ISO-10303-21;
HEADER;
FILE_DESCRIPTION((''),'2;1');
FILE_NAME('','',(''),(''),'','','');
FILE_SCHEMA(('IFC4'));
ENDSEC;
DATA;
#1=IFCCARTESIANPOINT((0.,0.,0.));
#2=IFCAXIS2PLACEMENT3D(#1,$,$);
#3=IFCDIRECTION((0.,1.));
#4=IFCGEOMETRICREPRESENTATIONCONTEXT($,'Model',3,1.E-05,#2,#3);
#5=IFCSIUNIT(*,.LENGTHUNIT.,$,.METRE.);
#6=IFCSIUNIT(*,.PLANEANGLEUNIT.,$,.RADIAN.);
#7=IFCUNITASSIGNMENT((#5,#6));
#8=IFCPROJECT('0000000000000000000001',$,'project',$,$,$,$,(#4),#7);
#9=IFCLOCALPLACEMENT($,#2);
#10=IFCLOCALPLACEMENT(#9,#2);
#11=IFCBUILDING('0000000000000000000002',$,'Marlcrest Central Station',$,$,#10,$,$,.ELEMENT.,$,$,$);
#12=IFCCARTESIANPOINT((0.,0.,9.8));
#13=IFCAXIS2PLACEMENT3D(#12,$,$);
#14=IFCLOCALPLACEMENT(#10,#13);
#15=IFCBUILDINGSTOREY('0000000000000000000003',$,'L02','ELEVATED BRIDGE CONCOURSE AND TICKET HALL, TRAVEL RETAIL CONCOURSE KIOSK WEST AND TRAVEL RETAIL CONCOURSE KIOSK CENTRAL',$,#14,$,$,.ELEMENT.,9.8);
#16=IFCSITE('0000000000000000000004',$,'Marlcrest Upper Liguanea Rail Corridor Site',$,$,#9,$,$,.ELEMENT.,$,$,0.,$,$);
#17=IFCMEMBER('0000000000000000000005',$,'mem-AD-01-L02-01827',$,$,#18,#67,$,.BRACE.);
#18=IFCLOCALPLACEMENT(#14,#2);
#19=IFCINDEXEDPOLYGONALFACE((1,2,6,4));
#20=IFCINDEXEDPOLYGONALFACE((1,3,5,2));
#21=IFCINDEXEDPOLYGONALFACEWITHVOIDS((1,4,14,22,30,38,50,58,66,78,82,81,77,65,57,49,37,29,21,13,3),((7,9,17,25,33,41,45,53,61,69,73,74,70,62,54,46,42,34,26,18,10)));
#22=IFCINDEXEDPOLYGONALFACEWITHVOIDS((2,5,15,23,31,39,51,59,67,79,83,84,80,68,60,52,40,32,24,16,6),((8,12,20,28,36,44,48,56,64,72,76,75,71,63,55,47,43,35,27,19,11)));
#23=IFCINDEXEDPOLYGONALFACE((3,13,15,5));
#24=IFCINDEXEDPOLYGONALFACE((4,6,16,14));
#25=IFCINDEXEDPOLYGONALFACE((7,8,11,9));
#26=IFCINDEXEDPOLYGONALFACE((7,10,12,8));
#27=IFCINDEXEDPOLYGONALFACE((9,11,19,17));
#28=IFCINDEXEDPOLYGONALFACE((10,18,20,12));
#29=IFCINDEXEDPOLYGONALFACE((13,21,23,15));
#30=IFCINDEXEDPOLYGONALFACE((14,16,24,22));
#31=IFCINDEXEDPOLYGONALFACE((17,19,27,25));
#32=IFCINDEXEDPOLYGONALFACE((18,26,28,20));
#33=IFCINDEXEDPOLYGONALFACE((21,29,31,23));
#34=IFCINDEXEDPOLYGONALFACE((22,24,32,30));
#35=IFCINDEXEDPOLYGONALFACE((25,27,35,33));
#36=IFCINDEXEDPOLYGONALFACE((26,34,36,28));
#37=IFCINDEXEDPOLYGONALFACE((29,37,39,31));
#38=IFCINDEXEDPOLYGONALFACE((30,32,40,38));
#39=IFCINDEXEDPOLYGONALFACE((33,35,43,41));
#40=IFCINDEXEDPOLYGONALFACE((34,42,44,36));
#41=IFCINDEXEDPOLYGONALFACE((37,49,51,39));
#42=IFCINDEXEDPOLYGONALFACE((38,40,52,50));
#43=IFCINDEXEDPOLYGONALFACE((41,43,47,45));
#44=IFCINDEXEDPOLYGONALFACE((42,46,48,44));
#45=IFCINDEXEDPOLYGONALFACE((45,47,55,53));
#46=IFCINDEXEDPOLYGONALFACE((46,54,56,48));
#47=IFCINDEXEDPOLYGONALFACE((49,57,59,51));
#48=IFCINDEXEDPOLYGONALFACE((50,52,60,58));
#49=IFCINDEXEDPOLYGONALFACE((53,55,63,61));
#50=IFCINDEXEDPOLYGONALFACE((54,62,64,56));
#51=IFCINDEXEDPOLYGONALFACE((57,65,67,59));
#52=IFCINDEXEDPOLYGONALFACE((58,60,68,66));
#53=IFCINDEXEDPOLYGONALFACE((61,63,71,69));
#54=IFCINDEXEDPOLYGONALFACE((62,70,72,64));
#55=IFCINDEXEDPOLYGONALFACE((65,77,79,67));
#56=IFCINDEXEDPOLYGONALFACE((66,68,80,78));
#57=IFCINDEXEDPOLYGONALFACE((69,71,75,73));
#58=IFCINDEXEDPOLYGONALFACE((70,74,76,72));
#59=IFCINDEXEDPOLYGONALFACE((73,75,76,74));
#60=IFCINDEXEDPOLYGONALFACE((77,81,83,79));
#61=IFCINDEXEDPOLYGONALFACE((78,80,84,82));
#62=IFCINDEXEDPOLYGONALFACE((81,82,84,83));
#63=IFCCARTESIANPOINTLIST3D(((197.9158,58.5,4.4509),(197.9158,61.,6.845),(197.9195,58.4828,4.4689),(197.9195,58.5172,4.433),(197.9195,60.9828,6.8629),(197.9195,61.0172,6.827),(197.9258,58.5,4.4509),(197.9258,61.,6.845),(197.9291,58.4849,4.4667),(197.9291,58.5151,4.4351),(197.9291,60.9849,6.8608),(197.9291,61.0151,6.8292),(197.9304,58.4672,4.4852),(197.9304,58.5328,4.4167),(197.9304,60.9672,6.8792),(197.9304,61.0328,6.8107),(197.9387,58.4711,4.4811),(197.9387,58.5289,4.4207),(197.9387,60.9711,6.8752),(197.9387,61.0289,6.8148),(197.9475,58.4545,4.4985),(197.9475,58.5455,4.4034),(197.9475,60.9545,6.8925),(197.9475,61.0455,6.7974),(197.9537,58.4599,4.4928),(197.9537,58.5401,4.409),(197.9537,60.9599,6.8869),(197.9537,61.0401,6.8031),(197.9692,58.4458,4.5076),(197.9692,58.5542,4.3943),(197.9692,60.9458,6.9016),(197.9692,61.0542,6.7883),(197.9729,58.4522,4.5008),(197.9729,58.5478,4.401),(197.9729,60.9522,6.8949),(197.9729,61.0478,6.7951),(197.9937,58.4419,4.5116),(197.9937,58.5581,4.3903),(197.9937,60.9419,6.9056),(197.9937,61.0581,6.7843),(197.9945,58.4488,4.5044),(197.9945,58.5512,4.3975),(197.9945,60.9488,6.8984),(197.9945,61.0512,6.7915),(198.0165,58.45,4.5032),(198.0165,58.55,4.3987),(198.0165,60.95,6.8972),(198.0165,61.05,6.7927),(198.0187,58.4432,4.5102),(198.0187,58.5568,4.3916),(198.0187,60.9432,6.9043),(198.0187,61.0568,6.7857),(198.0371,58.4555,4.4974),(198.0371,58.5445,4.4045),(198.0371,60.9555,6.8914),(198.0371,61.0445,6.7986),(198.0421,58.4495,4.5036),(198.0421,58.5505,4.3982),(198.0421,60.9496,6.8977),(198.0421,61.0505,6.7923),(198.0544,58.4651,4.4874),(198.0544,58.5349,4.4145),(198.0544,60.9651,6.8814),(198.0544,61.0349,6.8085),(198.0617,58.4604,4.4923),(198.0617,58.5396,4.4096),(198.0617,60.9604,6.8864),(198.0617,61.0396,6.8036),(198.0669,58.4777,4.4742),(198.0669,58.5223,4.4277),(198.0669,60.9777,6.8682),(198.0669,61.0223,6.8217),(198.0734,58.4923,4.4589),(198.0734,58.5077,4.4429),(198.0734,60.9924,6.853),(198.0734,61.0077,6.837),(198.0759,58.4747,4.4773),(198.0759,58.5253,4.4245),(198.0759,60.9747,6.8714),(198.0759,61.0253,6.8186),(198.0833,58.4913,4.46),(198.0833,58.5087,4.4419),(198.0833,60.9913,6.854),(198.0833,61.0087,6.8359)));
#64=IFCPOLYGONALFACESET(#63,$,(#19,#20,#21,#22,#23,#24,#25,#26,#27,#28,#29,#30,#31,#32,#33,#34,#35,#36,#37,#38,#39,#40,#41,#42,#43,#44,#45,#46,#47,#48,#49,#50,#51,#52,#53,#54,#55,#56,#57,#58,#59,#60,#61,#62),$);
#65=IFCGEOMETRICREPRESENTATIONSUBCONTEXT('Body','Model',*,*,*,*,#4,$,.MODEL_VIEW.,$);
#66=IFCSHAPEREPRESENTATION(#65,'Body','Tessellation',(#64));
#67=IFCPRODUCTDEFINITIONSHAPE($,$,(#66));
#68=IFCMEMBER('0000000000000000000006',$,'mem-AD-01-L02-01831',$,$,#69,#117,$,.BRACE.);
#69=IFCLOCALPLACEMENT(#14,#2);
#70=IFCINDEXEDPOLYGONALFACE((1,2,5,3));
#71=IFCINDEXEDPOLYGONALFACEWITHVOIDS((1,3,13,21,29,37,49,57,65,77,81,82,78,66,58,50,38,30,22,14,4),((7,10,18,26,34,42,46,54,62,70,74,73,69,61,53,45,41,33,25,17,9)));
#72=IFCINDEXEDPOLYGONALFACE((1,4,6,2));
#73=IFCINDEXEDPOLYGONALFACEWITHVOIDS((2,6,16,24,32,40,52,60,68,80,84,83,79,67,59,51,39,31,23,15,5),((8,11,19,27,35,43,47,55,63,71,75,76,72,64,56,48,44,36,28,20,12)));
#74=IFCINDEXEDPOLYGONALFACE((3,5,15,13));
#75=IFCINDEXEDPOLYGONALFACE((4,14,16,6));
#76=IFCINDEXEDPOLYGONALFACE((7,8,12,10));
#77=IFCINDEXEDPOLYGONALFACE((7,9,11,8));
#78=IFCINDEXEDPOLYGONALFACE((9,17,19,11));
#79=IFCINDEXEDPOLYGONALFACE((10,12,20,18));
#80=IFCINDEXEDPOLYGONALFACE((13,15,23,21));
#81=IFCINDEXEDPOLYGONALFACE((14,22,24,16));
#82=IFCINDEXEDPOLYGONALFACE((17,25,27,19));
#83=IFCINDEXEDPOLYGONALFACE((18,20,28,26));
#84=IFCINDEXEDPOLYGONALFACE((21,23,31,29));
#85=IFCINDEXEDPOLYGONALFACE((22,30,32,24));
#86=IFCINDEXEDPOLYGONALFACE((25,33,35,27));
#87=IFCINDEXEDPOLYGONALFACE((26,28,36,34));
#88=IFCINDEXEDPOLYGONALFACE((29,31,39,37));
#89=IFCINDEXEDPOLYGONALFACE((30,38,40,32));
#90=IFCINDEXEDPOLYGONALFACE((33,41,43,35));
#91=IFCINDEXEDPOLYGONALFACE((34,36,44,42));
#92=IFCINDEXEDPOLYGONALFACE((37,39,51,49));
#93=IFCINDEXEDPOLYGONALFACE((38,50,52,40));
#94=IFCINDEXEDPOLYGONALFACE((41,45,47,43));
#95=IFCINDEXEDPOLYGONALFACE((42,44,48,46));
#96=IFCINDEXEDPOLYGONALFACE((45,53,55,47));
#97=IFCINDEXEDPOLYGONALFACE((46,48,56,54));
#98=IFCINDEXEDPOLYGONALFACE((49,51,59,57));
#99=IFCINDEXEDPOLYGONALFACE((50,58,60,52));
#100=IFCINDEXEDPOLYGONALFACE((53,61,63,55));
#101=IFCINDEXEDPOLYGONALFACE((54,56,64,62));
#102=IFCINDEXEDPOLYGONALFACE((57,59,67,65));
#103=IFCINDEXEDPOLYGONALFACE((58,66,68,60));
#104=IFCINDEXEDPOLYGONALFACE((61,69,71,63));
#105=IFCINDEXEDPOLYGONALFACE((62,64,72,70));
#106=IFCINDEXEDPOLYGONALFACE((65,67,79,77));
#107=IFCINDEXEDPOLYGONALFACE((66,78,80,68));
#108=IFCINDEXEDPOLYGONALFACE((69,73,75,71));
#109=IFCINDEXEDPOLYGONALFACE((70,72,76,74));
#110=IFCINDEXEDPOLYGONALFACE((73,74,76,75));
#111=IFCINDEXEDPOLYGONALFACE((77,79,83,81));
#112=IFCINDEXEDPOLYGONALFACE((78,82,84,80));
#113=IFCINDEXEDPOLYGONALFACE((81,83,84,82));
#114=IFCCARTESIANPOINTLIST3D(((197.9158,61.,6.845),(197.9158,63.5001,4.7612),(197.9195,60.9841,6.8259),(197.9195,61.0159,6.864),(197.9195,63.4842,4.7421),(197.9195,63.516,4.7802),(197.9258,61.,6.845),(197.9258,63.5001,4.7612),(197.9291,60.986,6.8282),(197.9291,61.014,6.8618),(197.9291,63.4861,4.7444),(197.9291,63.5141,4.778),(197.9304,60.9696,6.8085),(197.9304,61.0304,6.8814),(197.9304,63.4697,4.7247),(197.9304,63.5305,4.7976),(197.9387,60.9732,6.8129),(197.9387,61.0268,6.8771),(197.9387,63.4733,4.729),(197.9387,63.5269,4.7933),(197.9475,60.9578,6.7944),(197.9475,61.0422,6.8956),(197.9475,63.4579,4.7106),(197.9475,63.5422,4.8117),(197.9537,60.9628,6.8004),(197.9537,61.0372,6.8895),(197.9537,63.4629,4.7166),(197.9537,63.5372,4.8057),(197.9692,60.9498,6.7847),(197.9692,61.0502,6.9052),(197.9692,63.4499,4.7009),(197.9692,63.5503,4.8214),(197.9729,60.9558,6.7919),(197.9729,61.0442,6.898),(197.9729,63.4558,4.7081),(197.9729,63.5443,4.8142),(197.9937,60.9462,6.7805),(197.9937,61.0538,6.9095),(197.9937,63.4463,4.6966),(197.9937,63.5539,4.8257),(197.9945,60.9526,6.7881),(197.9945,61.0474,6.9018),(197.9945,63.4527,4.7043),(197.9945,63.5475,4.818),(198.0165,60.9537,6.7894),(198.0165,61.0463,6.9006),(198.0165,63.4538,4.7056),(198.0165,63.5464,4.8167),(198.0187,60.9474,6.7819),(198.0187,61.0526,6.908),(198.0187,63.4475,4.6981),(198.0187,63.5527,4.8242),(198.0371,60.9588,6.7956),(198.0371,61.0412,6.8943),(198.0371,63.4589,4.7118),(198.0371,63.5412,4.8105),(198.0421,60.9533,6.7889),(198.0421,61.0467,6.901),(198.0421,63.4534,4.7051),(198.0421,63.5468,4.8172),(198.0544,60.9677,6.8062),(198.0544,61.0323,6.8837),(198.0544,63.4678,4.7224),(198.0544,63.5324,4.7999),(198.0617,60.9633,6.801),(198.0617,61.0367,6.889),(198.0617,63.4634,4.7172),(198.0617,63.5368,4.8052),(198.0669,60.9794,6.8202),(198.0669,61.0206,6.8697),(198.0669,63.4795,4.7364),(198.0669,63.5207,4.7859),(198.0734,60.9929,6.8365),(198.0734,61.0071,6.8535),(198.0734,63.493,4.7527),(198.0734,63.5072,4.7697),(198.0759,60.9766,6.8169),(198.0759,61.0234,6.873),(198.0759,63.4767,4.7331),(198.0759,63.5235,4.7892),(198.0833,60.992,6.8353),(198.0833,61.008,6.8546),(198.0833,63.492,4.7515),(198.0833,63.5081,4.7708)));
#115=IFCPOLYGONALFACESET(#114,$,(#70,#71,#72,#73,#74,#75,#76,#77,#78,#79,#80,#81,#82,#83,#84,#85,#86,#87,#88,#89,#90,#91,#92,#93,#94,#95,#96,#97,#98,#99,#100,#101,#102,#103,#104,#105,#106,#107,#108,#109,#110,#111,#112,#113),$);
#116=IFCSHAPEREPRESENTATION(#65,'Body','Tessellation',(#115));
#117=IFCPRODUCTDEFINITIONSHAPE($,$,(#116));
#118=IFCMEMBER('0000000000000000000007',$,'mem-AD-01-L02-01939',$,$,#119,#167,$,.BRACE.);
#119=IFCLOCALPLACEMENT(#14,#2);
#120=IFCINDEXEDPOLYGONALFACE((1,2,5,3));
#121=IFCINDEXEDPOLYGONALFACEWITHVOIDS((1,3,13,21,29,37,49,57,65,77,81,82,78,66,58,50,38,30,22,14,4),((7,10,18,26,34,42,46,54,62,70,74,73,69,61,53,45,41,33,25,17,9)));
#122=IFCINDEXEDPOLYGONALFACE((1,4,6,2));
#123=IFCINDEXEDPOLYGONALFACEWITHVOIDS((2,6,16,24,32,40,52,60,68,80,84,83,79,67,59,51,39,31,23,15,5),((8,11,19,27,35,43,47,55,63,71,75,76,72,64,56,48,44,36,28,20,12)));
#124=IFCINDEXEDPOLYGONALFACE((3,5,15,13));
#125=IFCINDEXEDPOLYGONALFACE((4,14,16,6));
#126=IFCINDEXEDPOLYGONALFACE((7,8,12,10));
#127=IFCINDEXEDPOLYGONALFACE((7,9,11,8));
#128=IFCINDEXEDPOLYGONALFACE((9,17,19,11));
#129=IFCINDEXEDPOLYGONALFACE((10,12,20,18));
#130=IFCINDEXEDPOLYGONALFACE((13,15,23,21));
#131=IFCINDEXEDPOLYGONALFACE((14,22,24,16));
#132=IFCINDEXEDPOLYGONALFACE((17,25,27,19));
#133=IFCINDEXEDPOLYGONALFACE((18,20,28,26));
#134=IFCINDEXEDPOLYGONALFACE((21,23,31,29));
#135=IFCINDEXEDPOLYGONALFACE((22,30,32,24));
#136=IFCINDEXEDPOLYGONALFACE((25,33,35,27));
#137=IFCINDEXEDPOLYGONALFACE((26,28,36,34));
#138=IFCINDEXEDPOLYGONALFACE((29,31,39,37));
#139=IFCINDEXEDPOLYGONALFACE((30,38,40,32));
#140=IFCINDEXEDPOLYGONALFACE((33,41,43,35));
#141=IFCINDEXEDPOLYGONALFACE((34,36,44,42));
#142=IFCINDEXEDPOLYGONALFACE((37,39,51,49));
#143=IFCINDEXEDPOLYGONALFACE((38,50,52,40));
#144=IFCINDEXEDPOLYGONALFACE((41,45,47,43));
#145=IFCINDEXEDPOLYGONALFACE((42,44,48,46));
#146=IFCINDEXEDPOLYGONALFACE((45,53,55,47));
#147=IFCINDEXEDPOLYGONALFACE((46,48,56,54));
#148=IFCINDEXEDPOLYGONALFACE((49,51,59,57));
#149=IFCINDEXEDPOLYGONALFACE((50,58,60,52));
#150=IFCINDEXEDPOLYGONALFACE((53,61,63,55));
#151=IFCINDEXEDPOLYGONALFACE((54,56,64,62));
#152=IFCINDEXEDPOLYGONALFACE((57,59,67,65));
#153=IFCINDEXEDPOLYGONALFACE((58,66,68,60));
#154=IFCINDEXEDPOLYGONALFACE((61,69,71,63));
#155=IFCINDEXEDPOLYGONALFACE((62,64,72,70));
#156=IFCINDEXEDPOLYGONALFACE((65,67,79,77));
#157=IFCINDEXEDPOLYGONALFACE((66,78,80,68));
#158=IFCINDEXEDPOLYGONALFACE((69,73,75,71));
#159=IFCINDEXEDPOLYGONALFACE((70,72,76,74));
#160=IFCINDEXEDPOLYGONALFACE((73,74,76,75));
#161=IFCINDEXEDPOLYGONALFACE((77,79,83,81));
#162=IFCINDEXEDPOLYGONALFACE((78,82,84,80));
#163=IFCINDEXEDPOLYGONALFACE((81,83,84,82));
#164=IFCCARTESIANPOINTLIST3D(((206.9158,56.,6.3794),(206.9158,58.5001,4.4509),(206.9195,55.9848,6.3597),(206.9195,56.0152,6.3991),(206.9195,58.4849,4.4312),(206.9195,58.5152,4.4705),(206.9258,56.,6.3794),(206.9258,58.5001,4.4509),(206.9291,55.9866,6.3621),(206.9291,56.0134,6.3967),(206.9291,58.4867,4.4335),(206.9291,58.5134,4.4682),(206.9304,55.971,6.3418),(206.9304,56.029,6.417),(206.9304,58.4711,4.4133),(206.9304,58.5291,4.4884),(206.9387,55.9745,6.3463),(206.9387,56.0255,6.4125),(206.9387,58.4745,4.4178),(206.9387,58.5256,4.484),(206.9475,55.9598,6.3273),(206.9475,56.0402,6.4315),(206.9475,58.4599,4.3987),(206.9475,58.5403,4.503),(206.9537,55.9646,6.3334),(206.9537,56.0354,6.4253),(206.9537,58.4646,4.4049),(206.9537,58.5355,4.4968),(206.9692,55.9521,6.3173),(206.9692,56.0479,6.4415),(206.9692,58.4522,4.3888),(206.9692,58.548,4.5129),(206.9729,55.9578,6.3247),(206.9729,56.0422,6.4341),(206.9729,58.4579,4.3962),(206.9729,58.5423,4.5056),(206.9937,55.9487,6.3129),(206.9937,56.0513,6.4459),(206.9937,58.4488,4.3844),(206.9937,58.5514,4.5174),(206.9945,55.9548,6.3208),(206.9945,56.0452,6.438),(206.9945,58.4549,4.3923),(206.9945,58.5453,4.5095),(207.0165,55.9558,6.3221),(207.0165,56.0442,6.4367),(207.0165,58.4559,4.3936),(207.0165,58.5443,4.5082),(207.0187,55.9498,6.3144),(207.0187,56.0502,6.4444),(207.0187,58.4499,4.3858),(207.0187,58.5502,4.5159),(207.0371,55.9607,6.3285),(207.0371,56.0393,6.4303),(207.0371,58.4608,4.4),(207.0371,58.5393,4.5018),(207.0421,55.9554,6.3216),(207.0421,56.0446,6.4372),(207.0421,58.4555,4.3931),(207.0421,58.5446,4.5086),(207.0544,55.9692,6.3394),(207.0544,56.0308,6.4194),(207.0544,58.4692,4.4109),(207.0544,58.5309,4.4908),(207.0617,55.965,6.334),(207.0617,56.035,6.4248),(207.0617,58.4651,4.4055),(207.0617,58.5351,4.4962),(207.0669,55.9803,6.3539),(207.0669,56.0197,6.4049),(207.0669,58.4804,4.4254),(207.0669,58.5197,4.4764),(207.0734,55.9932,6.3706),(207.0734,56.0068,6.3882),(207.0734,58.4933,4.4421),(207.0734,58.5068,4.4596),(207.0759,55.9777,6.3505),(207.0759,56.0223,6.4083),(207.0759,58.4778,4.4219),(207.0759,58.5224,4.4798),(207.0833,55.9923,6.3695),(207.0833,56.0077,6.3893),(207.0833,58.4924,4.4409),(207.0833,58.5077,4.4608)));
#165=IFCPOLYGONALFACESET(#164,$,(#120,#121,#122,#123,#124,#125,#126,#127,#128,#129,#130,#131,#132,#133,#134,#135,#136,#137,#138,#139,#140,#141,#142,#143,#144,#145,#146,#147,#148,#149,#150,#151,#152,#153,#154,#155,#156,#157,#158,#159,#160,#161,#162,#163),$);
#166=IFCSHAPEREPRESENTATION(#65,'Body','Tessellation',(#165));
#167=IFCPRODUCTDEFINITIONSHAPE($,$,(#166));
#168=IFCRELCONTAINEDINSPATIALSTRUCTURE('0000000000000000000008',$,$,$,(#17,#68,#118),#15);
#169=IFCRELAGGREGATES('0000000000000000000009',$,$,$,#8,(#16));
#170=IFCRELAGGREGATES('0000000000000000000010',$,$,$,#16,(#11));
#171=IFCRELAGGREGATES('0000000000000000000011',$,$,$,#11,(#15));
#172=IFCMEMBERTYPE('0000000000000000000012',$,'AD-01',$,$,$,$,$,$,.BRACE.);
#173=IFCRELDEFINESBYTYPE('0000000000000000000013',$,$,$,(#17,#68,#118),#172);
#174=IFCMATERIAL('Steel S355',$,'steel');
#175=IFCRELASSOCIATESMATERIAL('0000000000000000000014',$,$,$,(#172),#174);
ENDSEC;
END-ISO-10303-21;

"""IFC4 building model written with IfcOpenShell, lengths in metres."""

from ifc_helpers import new_model, si_unit, direction, frame, origin, origin_2d, place, context, subcontext, project, spatial, hollow_circle, extrude, material, material_profile, profile_set, type_object, element, save


model = new_model("IFC4")

# Units and contexts
model_context = context("Model", 3, precision=1e-05, world=origin(), true_north=direction((0.0, 1.0)))
body_context = subcontext(model_context, "Body", "Model", "MODEL_VIEW")
ifc_project = project(units=[si_unit("LENGTHUNIT", "METRE"), si_unit("PLANEANGLEUNIT", "RADIAN")], contexts=[model_context])

# Site, building, storey
site_placement = place(None, origin())
site = spatial("IfcSite", under=ifc_project, at=site_placement, Name="Marlcrest Upper Liguanea Rail Corridor Site", CompositionType="ELEMENT", RefElevation=0.0)
building_placement = place(site_placement, origin())
building = spatial("IfcBuilding", under=site, at=building_placement, Name="Marlcrest Central Station", CompositionType="ELEMENT")
storey_placement = place(building_placement, frame((0.0, 0.0, 9.8)))
storey = spatial("IfcBuildingStorey", under=building, at=storey_placement, Name="L02", Description="ELEVATED BRIDGE CONCOURSE AND TICKET HALL, TRAVEL RETAIL CONCOURSE KIOSK WEST AND TRAVEL RETAIL CONCOURSE KIOSK CENTRAL", CompositionType="ELEMENT", Elevation=9.8)

# Members
ifc_material = material(Name="Steel S355", Category="steel")
ifc_material_profile_1 = material_profile(ifc_material, hollow_circle(Radius=0.0842, WallThickness=0.01, at=origin_2d()), Name="CHS 168.3x10")
ifc_profile_set_1 = profile_set([ifc_material_profile_1], Name="Steel S355")
member_type_1 = type_object("IfcMemberType", Name="AD-01", PredefinedType="BRACE", material=ifc_profile_set_1)
member_1_placement = place(storey_placement, frame((198.0, 58.5, 4.4509), z_axis=(0.0, 0.722247, 0.691636), x_axis=(-1.0, 0.0, 0.0)))
element("IfcMember", 1, at=member_1_placement, inside=storey, type_object=member_type_1, Name="mem-AD-01-L02-01827", PredefinedType="BRACE", context=body_context, shape_type="SweptSolid", body=[
    extrude(hollow_circle(Radius=0.0842, WallThickness=0.01, at=origin_2d()), origin(), (0.0, 0.0, 1.0), 3.4614),
])
member_2_placement = place(storey_placement, frame((198.0, 61.0, 6.845), z_axis=(0.0, 0.76816, -0.640258), x_axis=(-1.0, 0.0, 0.0)))
element("IfcMember", 2, at=member_2_placement, inside=storey, type_object=member_type_1, Name="mem-AD-01-L02-01831", PredefinedType="BRACE", context=body_context, shape_type="SweptSolid", body=[
    extrude(hollow_circle(Radius=0.0842, WallThickness=0.01, at=origin_2d()), origin(), (0.0, 0.0, 1.0), 3.2546),
])
member_3_placement = place(storey_placement, frame((207.0, 56.0, 6.3794), z_axis=(0.0, 0.791798, -0.610783), x_axis=(-1.0, 0.0, 0.0)))
element("IfcMember", 3, at=member_3_placement, inside=storey, type_object=member_type_1, Name="mem-AD-01-L02-01939", PredefinedType="BRACE", context=body_context, shape_type="SweptSolid", body=[
    extrude(hollow_circle(Radius=0.0842, WallThickness=0.01, at=origin_2d()), origin(), (0.0, 0.0, 1.0), 3.1575),
])

save(model, "model.ifc")
